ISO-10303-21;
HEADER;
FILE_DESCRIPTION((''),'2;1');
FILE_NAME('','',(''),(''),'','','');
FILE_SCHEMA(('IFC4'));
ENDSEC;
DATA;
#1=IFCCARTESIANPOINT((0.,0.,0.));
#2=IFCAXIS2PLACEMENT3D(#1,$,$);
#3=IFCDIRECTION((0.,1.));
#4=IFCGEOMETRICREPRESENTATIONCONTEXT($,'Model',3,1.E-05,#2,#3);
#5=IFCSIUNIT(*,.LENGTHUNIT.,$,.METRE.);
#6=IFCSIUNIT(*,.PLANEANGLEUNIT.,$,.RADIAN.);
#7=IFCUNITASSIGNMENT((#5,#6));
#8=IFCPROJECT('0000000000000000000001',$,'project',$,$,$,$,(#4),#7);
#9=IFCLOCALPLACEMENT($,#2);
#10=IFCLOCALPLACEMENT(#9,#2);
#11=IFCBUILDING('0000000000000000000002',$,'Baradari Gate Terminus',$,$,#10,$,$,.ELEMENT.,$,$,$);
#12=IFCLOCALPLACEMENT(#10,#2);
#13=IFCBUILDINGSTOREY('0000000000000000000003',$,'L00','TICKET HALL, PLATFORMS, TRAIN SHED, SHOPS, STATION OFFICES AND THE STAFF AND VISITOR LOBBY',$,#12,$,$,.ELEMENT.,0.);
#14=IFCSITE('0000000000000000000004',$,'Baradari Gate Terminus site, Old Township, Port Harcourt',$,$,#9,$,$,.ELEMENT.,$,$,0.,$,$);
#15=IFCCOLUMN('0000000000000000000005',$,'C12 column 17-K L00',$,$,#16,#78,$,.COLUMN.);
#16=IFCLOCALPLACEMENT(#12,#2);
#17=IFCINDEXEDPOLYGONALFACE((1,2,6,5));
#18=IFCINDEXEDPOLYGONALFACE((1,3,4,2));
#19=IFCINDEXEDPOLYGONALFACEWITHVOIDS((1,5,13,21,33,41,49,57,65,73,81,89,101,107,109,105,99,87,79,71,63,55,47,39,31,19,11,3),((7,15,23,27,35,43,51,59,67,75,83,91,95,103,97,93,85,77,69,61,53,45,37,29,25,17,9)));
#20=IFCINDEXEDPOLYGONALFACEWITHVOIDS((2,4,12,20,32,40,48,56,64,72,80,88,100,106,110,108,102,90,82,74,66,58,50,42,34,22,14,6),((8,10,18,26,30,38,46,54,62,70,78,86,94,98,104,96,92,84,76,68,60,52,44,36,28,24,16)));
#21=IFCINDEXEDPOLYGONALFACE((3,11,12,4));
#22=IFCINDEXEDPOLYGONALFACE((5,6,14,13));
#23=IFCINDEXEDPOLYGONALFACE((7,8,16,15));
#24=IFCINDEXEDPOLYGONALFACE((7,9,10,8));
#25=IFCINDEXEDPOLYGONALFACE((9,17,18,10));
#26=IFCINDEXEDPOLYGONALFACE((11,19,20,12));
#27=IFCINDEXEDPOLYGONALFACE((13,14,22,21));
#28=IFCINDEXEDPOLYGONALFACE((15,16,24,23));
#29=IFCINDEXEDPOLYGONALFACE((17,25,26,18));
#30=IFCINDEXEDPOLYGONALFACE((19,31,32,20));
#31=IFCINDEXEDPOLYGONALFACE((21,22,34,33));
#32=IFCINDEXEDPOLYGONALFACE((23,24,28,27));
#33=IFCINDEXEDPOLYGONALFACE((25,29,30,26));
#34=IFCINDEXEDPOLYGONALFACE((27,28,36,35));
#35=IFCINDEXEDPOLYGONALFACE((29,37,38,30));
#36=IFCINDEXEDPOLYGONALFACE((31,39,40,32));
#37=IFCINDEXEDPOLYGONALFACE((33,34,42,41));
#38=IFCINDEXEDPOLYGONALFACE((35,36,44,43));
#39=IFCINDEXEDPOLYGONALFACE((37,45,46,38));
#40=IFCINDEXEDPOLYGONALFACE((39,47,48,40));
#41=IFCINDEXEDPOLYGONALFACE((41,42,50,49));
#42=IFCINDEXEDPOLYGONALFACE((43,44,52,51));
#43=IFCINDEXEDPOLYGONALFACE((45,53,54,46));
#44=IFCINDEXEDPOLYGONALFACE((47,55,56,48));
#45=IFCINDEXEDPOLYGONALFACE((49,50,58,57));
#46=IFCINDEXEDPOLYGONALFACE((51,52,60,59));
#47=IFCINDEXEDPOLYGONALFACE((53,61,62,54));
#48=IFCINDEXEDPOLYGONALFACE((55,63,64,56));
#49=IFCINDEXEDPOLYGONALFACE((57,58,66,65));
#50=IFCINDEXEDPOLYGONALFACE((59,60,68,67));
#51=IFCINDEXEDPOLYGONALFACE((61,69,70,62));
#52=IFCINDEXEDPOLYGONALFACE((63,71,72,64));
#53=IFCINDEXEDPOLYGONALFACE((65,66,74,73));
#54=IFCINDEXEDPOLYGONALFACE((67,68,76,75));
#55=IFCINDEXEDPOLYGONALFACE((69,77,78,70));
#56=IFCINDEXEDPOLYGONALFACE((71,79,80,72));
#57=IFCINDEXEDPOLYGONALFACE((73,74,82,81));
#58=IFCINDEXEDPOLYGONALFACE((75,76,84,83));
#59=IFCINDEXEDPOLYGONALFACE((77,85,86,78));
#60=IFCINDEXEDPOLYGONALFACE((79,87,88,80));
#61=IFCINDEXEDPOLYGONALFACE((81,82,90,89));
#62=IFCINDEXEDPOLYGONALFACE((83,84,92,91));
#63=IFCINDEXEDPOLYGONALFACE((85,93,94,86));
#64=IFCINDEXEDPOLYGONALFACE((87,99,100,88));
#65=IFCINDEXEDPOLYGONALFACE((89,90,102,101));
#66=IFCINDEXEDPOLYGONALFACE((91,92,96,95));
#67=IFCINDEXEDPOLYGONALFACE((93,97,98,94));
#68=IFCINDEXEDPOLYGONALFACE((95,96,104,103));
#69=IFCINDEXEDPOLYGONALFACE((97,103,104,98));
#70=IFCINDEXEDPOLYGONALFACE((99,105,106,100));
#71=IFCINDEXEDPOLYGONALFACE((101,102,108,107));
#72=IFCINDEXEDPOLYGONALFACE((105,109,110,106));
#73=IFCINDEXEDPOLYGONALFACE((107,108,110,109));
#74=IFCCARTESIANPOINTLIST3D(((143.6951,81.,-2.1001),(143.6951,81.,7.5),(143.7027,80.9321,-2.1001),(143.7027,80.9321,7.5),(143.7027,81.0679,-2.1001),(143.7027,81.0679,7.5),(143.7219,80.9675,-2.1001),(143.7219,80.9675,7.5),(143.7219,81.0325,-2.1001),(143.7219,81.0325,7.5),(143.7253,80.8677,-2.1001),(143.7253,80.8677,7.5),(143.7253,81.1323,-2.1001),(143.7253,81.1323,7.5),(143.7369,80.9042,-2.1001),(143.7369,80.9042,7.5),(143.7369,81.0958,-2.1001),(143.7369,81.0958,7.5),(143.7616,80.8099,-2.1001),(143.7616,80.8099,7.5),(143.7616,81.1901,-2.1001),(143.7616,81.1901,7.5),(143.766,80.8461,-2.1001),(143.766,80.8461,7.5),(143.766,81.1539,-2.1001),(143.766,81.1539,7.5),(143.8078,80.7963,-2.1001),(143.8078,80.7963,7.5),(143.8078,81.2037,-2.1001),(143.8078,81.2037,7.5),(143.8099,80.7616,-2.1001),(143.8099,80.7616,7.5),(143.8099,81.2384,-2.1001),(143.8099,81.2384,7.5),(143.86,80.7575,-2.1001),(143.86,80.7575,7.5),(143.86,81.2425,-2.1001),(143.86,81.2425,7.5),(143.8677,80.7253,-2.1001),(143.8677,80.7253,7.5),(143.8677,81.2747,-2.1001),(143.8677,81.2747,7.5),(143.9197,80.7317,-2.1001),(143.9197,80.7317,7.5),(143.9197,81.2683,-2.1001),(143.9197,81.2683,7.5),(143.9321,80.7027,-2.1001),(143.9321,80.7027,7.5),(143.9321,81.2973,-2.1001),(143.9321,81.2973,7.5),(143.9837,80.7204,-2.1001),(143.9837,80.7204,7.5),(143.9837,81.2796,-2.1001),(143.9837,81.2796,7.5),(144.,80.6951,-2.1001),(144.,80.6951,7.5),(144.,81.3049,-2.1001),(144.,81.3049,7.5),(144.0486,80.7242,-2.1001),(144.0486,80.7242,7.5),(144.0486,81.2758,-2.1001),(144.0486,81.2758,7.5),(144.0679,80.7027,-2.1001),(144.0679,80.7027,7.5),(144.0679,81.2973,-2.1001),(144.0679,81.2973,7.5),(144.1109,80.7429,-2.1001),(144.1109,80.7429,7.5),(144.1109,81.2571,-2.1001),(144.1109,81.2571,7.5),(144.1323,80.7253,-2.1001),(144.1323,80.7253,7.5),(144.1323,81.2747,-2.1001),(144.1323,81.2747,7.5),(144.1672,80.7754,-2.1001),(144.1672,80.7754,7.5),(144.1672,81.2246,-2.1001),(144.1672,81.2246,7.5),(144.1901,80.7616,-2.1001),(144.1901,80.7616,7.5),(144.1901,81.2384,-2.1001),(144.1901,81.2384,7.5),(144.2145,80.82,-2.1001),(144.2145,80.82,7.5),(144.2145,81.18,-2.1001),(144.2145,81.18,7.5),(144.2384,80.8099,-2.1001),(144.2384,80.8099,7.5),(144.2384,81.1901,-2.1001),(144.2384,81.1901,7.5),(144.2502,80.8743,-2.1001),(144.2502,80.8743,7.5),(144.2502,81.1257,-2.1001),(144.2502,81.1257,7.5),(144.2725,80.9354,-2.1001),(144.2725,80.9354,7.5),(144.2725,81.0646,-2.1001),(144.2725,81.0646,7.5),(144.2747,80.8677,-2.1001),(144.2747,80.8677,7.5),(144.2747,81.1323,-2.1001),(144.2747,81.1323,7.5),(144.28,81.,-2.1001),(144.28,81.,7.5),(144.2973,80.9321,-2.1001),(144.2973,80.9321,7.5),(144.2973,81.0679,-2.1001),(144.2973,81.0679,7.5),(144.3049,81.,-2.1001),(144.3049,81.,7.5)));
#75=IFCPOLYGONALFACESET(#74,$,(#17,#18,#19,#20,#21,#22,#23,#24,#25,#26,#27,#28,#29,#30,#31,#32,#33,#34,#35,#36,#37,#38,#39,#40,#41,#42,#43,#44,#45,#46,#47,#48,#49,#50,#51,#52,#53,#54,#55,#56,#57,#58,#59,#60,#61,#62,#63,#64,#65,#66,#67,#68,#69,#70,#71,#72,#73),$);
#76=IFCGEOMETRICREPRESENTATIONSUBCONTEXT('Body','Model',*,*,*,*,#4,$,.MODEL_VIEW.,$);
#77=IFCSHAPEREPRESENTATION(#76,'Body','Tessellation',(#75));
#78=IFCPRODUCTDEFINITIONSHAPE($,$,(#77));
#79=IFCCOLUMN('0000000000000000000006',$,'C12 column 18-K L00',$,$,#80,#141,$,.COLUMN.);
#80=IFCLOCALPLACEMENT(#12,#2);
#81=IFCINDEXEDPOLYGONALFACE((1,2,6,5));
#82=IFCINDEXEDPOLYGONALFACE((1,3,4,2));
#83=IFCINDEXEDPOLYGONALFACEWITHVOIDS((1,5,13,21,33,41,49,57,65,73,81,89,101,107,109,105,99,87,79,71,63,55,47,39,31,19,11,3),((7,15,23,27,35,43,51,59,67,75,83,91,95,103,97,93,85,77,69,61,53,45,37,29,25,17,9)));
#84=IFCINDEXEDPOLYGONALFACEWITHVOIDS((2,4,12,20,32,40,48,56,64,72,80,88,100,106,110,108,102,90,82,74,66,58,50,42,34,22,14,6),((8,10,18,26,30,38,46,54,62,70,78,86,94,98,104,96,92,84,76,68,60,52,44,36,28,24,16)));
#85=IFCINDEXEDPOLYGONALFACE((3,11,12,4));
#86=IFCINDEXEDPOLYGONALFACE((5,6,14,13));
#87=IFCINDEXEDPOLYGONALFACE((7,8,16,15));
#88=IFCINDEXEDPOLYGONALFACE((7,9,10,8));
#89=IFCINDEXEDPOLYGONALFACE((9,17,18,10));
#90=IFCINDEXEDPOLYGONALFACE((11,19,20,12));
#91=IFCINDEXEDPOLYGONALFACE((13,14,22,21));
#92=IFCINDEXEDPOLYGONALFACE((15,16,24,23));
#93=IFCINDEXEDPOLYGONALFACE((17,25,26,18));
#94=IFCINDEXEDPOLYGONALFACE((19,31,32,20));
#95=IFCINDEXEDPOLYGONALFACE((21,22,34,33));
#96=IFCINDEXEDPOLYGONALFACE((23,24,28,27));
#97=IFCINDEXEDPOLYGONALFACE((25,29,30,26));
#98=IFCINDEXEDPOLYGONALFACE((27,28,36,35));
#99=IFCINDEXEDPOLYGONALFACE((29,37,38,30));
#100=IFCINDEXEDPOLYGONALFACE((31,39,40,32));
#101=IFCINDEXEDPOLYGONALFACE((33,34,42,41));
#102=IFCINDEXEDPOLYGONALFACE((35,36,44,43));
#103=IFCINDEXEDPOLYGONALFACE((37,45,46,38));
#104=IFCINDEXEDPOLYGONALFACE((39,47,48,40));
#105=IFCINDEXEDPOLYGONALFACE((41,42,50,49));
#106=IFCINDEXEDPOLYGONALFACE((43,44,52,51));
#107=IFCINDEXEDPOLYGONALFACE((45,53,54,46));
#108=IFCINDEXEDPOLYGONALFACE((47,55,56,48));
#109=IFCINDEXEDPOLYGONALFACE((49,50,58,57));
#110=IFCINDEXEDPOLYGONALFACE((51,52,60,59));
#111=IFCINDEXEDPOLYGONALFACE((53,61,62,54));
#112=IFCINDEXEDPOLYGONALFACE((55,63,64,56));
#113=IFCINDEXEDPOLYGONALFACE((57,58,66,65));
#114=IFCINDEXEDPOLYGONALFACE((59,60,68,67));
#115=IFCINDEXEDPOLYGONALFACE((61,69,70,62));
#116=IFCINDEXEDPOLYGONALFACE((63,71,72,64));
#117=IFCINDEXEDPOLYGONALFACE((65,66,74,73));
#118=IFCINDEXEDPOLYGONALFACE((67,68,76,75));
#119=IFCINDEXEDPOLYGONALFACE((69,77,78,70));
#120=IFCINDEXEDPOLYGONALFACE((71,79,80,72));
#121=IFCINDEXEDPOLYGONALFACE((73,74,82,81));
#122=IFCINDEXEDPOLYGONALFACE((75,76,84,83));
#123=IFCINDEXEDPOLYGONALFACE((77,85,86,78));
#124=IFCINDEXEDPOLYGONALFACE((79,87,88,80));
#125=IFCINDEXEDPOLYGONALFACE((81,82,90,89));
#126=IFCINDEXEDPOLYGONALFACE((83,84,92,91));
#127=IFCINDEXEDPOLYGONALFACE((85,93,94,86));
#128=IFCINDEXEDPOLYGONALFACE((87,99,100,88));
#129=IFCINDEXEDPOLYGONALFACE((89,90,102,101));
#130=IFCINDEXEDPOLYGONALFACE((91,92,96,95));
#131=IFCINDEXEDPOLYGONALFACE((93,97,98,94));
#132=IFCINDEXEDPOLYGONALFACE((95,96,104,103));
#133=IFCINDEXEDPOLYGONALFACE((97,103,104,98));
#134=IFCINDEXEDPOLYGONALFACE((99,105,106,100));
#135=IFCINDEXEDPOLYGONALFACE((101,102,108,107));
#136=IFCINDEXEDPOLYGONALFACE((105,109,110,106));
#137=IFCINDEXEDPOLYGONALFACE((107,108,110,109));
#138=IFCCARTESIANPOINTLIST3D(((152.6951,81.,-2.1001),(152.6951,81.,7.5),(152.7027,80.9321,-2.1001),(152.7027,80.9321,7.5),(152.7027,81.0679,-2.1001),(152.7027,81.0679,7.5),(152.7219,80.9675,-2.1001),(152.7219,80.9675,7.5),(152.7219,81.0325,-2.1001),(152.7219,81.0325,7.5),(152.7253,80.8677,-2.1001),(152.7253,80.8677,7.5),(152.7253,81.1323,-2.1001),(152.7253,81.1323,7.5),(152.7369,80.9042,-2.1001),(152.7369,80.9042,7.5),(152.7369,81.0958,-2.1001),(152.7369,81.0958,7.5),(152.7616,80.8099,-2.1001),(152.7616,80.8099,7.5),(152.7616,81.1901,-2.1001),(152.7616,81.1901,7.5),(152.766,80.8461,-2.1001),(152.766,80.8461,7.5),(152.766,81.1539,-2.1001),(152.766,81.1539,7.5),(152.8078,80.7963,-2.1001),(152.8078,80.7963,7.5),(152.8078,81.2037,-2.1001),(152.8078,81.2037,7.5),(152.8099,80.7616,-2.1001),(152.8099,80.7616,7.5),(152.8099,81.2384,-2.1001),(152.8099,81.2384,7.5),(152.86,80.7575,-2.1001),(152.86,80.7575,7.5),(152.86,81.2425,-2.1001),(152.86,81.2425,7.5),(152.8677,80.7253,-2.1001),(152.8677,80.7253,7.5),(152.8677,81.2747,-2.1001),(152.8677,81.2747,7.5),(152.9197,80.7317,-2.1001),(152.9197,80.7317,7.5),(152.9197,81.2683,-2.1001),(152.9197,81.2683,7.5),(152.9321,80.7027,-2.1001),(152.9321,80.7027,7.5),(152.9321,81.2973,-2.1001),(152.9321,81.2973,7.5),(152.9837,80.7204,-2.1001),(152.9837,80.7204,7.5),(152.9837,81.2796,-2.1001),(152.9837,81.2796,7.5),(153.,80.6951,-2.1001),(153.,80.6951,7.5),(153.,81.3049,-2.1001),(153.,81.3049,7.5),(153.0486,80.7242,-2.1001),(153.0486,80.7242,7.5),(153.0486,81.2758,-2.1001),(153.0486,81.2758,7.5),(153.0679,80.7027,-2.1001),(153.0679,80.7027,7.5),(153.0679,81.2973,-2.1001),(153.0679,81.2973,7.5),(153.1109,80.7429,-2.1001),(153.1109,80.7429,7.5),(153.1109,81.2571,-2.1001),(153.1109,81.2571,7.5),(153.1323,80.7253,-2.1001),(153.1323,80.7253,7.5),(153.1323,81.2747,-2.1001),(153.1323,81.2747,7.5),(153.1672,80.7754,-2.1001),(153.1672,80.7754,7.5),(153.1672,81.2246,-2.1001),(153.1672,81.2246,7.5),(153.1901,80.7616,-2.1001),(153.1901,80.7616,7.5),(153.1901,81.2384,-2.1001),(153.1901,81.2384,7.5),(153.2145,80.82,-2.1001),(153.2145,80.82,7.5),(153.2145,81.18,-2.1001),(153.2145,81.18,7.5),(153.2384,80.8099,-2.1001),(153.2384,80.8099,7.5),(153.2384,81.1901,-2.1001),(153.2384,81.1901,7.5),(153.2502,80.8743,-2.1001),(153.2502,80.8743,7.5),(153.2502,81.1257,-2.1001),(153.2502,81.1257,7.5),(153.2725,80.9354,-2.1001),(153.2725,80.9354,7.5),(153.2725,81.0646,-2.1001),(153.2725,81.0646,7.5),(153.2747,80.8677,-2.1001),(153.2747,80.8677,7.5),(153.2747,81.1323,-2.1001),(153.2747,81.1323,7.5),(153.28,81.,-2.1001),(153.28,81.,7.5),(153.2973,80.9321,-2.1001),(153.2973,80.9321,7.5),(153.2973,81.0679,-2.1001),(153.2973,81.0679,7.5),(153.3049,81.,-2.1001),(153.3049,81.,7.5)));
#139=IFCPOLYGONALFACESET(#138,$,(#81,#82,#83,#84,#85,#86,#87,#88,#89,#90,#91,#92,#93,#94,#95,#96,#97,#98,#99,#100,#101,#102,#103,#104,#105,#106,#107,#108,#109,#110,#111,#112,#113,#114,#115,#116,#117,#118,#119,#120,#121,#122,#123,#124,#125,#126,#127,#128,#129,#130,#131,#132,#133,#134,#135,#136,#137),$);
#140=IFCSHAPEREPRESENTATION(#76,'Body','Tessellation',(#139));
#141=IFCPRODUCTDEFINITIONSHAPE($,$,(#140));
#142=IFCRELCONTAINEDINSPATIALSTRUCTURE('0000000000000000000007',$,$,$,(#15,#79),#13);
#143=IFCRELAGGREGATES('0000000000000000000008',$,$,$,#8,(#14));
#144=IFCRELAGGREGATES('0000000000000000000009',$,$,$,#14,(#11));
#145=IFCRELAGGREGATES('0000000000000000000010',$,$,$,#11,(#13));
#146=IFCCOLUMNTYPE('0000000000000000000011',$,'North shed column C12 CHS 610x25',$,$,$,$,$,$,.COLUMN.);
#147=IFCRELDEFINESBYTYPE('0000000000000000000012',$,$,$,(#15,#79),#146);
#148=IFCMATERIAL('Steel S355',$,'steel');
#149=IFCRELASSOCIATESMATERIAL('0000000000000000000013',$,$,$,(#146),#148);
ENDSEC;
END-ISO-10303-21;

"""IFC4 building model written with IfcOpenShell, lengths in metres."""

from ifc_helpers import new_model, si_unit, direction, frame, origin, origin_2d, place, context, subcontext, project, spatial, hollow_circle, extrude, material, material_profile, profile_set, type_object, element, save


model = new_model("IFC4")

# Units and contexts
model_context = context("Model", 3, precision=1e-05, world=origin(), true_north=direction((0.0, 1.0)))
body_context = subcontext(model_context, "Body", "Model", "MODEL_VIEW")
ifc_project = project(units=[si_unit("LENGTHUNIT", "METRE"), si_unit("PLANEANGLEUNIT", "RADIAN")], contexts=[model_context])

# Site, building, storey
site_placement = place(None, origin())
site = spatial("IfcSite", under=ifc_project, at=site_placement, Name="Baradari Gate Terminus site, Old Township, Port Harcourt", CompositionType="ELEMENT", RefElevation=0.0)
building_placement = place(site_placement, origin())
building = spatial("IfcBuilding", under=site, at=building_placement, Name="Baradari Gate Terminus", CompositionType="ELEMENT")
storey_placement = place(building_placement, origin())
storey = spatial("IfcBuildingStorey", under=building, at=storey_placement, Name="L00", Description="TICKET HALL, PLATFORMS, TRAIN SHED, SHOPS, STATION OFFICES AND THE STAFF AND VISITOR LOBBY", CompositionType="ELEMENT", Elevation=0.0)

# Columns
ifc_material_1 = material(Name="Steel S355", Category="steel")
ifc_material_profile = material_profile(ifc_material_1, hollow_circle(Radius=0.3049, WallThickness=0.0249, at=origin_2d()), Name="CHS 610x25")
ifc_profile_set = profile_set([ifc_material_profile], Name="Steel S355")
column_type = type_object("IfcColumnType", Name="North shed column C12 CHS 610x25", PredefinedType="COLUMN", material=ifc_profile_set)
for number, where, z_axis, x_axis, name in (
    (1, (144.0, 81.0, -2.1001), (0.0, 0.0, 1.0), (1.0, 0.0, 0.0), "C12 column 17-K L00"),
    (2, (153.0, 81.0, -2.1001), (0.0, 0.0, 1.0), (1.0, 0.0, 0.0), "C12 column 18-K L00"),
):
    element("IfcColumn", number, at=place(storey_placement, frame(where, z_axis=z_axis, x_axis=x_axis)), inside=storey, type_object=column_type, Name=name, PredefinedType="COLUMN", context=body_context, shape_type="SweptSolid", body=[
        extrude(hollow_circle(Radius=0.3049, WallThickness=0.0249, at=origin_2d()), origin(), (0.0, 0.0, 1.0), 9.6001),
    ])

save(model, "model.ifc")
